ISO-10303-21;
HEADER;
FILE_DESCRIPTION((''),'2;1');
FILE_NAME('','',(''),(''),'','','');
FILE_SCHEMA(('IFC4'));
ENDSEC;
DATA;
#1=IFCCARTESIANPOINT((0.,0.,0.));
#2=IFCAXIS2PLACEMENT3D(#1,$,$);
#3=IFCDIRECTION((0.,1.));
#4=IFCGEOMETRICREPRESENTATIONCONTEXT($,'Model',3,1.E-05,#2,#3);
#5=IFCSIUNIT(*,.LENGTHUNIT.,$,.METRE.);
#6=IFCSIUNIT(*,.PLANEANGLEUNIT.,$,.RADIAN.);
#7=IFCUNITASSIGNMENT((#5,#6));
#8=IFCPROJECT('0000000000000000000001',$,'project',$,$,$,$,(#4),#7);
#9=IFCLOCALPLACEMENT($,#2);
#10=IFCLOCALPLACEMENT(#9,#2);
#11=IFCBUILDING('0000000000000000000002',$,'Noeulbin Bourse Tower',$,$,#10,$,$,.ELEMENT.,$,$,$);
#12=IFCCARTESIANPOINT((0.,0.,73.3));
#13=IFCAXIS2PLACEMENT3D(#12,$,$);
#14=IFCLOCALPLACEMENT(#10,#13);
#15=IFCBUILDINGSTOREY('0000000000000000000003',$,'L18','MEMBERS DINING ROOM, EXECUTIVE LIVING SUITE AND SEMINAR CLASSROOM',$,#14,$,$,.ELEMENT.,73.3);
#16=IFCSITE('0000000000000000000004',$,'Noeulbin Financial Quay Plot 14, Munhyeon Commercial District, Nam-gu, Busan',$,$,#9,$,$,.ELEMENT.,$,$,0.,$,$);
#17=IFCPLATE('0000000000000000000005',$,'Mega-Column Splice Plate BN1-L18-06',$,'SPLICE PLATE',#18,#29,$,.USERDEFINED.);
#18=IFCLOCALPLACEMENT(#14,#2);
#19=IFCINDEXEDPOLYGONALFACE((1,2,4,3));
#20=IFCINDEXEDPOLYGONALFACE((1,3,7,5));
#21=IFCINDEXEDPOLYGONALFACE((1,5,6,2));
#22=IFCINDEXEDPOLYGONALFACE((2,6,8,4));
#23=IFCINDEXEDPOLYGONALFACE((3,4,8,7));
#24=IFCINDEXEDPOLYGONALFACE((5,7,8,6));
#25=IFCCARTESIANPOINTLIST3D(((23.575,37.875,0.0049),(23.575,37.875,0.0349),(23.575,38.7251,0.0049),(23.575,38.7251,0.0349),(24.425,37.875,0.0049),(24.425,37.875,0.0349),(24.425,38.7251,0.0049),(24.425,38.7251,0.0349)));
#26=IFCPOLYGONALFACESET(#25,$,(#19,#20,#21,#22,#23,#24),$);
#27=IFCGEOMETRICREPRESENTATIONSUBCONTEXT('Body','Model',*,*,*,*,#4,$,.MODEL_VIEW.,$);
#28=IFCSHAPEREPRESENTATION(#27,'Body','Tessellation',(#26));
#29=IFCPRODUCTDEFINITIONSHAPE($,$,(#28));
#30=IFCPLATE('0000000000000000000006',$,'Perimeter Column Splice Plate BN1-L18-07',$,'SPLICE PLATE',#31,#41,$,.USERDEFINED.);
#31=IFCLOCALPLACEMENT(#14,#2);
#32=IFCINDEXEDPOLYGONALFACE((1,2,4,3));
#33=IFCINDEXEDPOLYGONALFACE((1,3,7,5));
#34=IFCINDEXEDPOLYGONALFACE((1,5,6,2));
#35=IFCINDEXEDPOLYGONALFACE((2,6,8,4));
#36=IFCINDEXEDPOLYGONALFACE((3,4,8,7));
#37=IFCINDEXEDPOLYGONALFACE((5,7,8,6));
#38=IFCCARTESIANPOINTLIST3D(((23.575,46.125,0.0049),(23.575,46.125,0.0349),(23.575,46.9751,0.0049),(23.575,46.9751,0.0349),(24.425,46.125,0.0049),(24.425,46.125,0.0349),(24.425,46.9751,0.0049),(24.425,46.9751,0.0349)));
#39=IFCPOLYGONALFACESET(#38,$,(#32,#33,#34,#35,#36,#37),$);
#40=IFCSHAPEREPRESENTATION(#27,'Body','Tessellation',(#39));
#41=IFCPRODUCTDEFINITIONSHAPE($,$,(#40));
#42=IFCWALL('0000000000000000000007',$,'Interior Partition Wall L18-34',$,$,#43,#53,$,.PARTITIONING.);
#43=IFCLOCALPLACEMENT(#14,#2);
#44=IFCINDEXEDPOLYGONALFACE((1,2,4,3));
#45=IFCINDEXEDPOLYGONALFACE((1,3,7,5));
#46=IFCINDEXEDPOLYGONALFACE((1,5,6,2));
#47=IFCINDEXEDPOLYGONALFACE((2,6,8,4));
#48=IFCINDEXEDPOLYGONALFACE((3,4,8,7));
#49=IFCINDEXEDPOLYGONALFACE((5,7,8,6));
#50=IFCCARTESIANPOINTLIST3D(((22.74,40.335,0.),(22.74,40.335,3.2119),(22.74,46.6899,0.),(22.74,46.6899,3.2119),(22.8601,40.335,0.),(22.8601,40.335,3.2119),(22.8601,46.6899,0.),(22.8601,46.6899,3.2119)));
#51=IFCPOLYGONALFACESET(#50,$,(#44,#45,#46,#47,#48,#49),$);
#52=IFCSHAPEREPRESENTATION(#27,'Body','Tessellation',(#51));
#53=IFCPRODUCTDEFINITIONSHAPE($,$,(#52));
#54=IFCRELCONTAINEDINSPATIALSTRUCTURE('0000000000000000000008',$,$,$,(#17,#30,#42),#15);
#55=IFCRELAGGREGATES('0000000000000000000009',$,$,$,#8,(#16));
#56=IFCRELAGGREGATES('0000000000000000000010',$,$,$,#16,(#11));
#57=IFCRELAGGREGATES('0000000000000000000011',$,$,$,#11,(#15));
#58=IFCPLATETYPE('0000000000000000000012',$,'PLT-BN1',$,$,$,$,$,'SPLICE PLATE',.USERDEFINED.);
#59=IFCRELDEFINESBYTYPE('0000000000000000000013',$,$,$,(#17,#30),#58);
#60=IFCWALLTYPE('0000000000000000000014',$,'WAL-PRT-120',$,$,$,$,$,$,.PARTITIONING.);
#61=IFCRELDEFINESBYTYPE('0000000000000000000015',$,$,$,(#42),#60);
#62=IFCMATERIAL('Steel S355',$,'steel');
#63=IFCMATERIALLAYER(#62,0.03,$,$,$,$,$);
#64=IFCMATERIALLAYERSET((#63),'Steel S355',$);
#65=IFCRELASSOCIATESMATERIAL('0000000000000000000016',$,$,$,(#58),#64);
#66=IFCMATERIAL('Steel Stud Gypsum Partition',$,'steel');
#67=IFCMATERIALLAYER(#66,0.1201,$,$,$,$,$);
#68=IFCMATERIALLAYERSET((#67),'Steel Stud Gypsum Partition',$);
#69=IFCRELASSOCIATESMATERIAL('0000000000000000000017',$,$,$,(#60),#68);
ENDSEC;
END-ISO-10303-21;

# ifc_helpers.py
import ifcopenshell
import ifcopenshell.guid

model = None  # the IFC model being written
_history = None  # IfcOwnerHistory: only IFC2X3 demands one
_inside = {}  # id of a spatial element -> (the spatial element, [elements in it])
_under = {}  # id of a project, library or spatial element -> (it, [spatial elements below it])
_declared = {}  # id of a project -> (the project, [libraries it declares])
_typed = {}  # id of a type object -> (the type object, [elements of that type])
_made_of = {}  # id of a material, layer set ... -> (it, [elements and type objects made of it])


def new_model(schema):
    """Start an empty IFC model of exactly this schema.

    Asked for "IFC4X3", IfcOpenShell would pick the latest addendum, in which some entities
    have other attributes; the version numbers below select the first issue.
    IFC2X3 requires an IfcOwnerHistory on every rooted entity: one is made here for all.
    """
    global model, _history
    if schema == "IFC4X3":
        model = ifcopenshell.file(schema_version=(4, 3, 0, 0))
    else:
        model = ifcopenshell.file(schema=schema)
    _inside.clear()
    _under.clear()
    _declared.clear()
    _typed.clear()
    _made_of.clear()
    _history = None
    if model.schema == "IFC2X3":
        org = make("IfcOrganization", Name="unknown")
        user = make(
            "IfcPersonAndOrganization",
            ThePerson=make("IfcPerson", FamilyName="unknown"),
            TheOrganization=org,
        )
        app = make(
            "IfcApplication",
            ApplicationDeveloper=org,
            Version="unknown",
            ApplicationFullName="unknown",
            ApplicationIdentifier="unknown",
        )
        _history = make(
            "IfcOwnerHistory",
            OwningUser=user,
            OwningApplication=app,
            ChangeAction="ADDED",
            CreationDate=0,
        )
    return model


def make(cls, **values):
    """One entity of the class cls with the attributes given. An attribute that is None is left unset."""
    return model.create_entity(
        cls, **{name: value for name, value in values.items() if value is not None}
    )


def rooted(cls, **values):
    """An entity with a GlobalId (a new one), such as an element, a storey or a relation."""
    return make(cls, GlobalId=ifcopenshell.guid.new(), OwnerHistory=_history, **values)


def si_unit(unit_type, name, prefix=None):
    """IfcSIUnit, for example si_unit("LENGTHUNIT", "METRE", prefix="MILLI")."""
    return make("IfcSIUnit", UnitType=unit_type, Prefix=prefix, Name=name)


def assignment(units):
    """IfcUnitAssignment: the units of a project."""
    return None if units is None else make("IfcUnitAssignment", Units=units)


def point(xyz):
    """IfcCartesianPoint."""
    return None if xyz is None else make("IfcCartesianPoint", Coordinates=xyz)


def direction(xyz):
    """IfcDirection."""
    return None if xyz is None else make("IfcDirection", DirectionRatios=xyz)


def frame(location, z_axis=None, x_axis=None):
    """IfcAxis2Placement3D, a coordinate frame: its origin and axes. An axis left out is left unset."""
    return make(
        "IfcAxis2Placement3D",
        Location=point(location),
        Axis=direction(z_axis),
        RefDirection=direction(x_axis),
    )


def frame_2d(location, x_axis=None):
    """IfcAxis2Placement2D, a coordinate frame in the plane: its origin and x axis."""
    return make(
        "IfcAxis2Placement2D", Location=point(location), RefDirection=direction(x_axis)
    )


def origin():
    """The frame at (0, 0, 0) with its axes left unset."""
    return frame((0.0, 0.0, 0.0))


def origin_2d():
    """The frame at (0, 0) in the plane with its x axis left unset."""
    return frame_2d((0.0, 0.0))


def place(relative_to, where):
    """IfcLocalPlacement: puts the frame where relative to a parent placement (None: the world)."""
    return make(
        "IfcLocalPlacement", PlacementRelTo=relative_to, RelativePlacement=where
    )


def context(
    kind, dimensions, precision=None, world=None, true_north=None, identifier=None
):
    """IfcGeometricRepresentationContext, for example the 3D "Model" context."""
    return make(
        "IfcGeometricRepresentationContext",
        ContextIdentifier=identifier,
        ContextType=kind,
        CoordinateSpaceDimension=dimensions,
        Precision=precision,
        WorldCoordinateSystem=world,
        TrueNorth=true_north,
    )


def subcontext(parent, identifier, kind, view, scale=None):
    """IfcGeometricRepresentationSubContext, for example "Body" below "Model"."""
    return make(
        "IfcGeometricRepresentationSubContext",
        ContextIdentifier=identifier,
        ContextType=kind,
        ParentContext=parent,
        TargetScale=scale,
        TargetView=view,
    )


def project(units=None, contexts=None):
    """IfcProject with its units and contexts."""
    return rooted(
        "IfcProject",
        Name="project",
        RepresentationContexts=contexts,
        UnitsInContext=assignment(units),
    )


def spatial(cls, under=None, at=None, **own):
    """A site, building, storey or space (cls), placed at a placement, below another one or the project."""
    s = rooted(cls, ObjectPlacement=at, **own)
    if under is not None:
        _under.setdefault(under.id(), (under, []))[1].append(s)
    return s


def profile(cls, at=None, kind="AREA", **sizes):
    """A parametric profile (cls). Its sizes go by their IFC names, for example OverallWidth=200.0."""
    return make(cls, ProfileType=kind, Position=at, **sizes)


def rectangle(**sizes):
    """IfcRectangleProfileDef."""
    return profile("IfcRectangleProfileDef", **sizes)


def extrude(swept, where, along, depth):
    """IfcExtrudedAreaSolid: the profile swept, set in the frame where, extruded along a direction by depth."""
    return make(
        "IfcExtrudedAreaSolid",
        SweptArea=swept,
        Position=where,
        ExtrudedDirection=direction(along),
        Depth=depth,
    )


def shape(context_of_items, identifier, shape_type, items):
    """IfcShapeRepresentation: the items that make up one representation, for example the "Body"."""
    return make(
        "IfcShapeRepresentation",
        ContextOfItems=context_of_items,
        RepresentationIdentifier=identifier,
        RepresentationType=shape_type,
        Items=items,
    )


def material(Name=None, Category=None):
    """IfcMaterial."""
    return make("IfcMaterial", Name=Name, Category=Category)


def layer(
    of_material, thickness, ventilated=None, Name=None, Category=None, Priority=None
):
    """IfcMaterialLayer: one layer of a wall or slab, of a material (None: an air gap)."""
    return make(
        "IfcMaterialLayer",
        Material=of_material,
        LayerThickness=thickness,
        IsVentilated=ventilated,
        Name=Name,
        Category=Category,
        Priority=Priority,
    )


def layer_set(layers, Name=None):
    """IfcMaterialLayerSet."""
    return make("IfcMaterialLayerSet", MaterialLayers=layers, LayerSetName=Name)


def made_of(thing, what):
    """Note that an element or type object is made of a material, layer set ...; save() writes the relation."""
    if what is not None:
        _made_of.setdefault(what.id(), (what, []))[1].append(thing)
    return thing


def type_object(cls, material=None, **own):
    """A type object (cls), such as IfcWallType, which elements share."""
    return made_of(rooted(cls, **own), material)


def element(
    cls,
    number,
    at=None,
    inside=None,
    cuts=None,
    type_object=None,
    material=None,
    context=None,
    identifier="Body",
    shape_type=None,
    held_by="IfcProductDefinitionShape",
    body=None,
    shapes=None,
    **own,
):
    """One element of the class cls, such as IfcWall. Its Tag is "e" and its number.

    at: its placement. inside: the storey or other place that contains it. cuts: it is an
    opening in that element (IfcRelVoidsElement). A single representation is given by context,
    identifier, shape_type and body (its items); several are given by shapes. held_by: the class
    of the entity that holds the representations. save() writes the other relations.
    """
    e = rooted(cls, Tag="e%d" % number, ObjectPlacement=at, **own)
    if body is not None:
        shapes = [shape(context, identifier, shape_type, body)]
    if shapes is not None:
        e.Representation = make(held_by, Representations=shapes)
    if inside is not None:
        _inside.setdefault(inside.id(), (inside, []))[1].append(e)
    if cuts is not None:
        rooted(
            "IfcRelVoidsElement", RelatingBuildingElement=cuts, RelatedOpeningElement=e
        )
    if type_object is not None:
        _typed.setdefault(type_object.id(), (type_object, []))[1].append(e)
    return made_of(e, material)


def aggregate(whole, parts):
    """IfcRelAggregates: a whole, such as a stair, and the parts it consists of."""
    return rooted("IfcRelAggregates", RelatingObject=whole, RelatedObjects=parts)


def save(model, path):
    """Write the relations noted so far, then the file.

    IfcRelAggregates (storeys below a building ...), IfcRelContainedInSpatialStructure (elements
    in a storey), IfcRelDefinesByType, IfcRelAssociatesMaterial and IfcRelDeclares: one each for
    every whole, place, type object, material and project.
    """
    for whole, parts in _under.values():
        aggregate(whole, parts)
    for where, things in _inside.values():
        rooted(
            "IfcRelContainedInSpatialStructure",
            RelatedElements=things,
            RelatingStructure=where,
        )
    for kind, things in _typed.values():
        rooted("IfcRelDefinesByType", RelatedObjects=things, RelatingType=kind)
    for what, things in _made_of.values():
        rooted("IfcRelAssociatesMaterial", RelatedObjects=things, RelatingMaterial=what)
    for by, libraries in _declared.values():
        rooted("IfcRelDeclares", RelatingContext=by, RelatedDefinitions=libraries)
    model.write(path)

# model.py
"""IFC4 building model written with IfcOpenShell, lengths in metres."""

from ifc_helpers import new_model, si_unit, direction, frame, frame_2d, origin, origin_2d, place, context, subcontext, project, spatial, rectangle, extrude, material, layer, layer_set, type_object, element, save


model = new_model("IFC4")

# Units and contexts
model_context = context("Model", 3, precision=1e-05, world=origin(), true_north=direction((0.0, 1.0)))
body_context = subcontext(model_context, "Body", "Model", "MODEL_VIEW")
ifc_project = project(units=[si_unit("LENGTHUNIT", "METRE"), si_unit("PLANEANGLEUNIT", "RADIAN")], contexts=[model_context])

# Site, building, storey
site_placement = place(None, origin())
site = spatial("IfcSite", under=ifc_project, at=site_placement, Name="Noeulbin Financial Quay Plot 14, Munhyeon Commercial District, Nam-gu, Busan", CompositionType="ELEMENT", RefElevation=0.0)
building_placement = place(site_placement, origin())
building = spatial("IfcBuilding", under=site, at=building_placement, Name="Noeulbin Bourse Tower", CompositionType="ELEMENT")
storey_placement = place(building_placement, frame((0.0, 0.0, 73.3)))
storey = spatial("IfcBuildingStorey", under=building, at=storey_placement, Name="L18", Description="MEMBERS DINING ROOM, EXECUTIVE LIVING SUITE AND SEMINAR CLASSROOM", CompositionType="ELEMENT", Elevation=73.3)

# Shared definitions
ifc_material_1 = material(Name="Steel S355", Category="steel")

# Plates
ifc_layer_1 = layer(ifc_material_1, 0.03)
ifc_layer_set_1 = layer_set([ifc_layer_1], Name="Steel S355")
plate_type_1 = type_object("IfcPlateType", Name="PLT-BN1", ElementType="SPLICE PLATE", PredefinedType="USERDEFINED", material=ifc_layer_set_1)
for number, where, z_axis, x_axis, name in (
    (1, (24.0, 38.3, 0.0049), (0.0, 0.0, 1.0), (1.0, 0.0, 0.0), "Mega-Column Splice Plate BN1-L18-06"),
    (2, (24.0, 46.55, 0.0049), (0.0, 0.0, 1.0), (1.0, 0.0, 0.0), "Perimeter Column Splice Plate BN1-L18-07"),
):
    element("IfcPlate", number, at=place(storey_placement, frame(where, z_axis=z_axis, x_axis=x_axis)), inside=storey, type_object=plate_type_1, Name=name, ObjectType="SPLICE PLATE", PredefinedType="USERDEFINED", context=body_context, shape_type="SweptSolid", body=[
        extrude(rectangle(XDim=0.8501, YDim=0.8501, at=origin_2d()), origin(), (0.0, 0.0, 1.0), 0.03),
    ])

# Wall
ifc_material_2 = material(Name="Steel Stud Gypsum Partition", Category="steel")
ifc_layer_2 = layer(ifc_material_2, 0.1201)
ifc_layer_set_2 = layer_set([ifc_layer_2], Name="Steel Stud Gypsum Partition")
wall_type = type_object("IfcWallType", Name="WAL-PRT-120", PredefinedType="PARTITIONING", material=ifc_layer_set_2)
wall_placement = place(storey_placement, frame((22.8, 40.335, 0.0), z_axis=(0.0, 0.0, 1.0), x_axis=(0.0, 1.0, 0.0)))
element("IfcWall", 3, at=wall_placement, inside=storey, type_object=wall_type, Name="Interior Partition Wall L18-34", PredefinedType="PARTITIONING", context=body_context, shape_type="SweptSolid", body=[
    extrude(rectangle(XDim=6.355, YDim=0.1201, at=frame_2d((3.1775, 0.0))), origin(), (0.0, 0.0, 1.0), 3.2119),
])

save(model, "model.ifc")
